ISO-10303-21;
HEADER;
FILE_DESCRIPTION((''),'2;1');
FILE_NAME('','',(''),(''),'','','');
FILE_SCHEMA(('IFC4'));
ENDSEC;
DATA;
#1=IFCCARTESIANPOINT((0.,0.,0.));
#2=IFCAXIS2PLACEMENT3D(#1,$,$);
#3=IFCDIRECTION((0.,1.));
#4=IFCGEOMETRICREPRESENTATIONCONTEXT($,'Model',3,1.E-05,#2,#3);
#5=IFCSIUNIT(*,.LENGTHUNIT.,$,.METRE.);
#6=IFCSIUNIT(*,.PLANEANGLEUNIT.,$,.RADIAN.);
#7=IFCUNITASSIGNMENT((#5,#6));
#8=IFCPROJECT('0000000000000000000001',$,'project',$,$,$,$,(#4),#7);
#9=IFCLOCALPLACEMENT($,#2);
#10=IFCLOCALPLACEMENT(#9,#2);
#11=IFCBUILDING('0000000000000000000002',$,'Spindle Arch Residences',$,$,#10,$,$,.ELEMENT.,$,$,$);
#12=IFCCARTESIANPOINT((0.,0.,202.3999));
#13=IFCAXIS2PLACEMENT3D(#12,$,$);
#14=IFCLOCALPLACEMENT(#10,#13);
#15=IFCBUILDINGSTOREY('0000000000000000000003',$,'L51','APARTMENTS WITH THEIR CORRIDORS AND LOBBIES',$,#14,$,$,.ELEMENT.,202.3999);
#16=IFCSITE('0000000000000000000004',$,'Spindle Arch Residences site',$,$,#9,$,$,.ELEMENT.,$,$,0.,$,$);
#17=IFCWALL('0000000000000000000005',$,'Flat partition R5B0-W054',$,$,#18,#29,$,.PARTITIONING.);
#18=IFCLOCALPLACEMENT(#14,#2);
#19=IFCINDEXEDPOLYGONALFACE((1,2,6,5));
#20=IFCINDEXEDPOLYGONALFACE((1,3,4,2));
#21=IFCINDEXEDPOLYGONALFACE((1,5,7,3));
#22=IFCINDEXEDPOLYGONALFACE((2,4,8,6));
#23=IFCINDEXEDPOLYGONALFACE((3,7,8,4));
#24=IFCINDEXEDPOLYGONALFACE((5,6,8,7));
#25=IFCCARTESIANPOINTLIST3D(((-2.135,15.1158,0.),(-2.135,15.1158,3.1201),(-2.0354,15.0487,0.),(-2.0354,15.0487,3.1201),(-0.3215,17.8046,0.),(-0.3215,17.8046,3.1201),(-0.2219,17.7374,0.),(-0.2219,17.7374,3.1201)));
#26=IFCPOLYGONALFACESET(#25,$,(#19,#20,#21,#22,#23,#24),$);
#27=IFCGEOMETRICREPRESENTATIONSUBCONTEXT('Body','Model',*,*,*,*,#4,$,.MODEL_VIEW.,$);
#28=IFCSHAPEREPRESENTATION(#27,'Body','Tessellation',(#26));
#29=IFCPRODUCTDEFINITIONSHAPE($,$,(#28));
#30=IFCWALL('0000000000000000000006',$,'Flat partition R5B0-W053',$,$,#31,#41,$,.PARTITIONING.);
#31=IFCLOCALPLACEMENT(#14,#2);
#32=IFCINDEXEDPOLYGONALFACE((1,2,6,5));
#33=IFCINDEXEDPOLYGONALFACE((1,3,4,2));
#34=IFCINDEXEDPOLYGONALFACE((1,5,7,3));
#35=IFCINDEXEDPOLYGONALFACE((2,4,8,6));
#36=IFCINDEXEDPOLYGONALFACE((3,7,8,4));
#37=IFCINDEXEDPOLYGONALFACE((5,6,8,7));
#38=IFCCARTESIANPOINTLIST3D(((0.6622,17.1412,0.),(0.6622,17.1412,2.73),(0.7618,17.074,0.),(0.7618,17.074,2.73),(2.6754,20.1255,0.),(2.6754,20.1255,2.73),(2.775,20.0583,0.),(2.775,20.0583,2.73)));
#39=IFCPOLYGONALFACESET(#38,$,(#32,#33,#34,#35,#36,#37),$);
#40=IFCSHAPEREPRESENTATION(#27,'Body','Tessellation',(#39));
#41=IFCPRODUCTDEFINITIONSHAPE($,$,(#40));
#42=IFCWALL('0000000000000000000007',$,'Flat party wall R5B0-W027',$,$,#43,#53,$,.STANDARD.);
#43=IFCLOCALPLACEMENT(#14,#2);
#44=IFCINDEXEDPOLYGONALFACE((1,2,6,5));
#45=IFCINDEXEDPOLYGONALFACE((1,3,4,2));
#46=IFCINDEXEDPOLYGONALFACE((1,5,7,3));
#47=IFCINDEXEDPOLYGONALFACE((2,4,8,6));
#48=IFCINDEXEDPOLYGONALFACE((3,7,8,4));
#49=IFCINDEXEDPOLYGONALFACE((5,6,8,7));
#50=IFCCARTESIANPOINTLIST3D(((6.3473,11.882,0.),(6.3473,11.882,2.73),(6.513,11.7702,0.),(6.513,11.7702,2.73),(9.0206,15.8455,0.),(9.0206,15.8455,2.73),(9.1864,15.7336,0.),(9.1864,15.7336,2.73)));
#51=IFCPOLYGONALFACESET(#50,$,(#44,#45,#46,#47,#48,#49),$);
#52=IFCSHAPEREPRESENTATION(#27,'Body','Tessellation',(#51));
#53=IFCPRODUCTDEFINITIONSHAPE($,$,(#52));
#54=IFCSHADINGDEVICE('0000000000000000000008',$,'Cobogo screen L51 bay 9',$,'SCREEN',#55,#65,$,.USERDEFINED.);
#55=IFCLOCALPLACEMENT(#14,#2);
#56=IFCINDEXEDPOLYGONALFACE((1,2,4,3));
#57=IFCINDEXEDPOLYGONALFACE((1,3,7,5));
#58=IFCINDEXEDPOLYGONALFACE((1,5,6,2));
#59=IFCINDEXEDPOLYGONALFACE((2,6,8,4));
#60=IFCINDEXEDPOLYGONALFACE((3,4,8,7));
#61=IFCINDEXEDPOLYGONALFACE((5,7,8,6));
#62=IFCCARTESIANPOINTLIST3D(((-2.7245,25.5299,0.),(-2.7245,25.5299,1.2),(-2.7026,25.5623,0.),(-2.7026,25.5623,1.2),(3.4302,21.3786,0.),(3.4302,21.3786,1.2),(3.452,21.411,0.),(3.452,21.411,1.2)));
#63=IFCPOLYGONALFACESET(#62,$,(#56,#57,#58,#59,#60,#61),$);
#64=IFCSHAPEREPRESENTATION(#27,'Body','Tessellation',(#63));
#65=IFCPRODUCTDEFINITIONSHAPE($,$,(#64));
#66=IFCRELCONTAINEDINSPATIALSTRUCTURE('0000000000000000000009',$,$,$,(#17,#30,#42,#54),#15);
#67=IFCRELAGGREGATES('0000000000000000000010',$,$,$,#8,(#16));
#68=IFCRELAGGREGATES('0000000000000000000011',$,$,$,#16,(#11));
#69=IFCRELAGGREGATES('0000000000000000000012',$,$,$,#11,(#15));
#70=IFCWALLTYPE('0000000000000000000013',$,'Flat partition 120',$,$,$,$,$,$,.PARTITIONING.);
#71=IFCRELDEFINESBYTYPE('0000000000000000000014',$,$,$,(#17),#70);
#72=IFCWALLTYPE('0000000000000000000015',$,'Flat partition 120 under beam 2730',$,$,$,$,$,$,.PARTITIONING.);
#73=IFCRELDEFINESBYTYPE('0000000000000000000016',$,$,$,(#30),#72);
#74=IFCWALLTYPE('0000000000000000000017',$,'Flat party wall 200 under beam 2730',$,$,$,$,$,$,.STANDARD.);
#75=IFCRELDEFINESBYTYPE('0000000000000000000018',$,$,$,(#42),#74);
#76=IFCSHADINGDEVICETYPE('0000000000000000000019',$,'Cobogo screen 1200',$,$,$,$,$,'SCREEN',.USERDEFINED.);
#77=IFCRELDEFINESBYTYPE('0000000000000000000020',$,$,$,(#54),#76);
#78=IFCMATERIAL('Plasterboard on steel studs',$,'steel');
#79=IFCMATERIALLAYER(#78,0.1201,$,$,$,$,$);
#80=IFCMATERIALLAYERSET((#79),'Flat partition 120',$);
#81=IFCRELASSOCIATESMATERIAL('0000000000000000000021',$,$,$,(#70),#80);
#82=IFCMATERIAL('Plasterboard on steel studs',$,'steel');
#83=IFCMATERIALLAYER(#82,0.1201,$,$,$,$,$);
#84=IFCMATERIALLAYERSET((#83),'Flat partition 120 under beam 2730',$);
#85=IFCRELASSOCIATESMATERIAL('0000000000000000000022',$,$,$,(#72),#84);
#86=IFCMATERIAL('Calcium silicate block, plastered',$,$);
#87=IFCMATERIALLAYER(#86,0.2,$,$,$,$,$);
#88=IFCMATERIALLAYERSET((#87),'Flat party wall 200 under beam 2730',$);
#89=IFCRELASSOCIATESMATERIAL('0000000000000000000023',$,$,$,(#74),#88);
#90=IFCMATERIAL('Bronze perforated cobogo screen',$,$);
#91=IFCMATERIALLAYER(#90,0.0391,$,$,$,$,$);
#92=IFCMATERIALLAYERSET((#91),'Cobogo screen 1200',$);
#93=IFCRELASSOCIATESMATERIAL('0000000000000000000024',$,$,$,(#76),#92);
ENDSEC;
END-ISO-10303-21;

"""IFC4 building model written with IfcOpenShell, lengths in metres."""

from ifc_helpers import new_model, si_unit, direction, frame, frame_2d, origin, origin_2d, place, context, subcontext, project, spatial, rectangle, extrude, material, layer, layer_set, type_object, element, save


model = new_model("IFC4")

# Units and contexts
model_context = context("Model", 3, precision=1e-05, world=origin(), true_north=direction((0.0, 1.0)))
body_context = subcontext(model_context, "Body", "Model", "MODEL_VIEW")
ifc_project = project(units=[si_unit("LENGTHUNIT", "METRE"), si_unit("PLANEANGLEUNIT", "RADIAN")], contexts=[model_context])

# Site, building, storey
site_placement = place(None, origin())
site = spatial("IfcSite", under=ifc_project, at=site_placement, Name="Spindle Arch Residences site", CompositionType="ELEMENT", RefElevation=0.0)
building_placement = place(site_placement, origin())
building = spatial("IfcBuilding", under=site, at=building_placement, Name="Spindle Arch Residences", CompositionType="ELEMENT")
storey_placement = place(building_placement, frame((0.0, 0.0, 202.3999)))
storey = spatial("IfcBuildingStorey", under=building, at=storey_placement, Name="L51", Description="APARTMENTS WITH THEIR CORRIDORS AND LOBBIES", CompositionType="ELEMENT", Elevation=202.3999)

# Shared definitions
ifc_material_1 = material(Name="Plasterboard on steel studs", Category="steel")
ifc_layer_1 = layer(ifc_material_1, 0.1201)
ifc_layer_set_1 = layer_set([ifc_layer_1], Name="Flat partition 120")
wall_type_1 = type_object("IfcWallType", Name="Flat partition 120", PredefinedType="PARTITIONING", material=ifc_layer_set_1)

# Walls
wall_1_placement = place(storey_placement, frame((-0.2717, 17.771, 0.0), z_axis=(0.0, 0.0, 1.0), x_axis=(-0.559174, -0.82905, 0.0)))
element("IfcWall", 1, at=wall_1_placement, inside=storey, type_object=wall_type_1, Name="Flat partition R5B0-W054", PredefinedType="PARTITIONING", context=body_context, shape_type="SweptSolid", body=[
    extrude(rectangle(XDim=3.2432, YDim=0.1201, at=frame_2d((1.6216, 0.0))), origin(), (0.0, 0.0, 1.0), 3.1201),
])
ifc_material_2 = material(Name="Plasterboard on steel studs", Category="steel")
ifc_layer_2 = layer(ifc_material_2, 0.1201)
ifc_layer_set_2 = layer_set([ifc_layer_2], Name="Flat partition 120 under beam 2730")
wall_type_2 = type_object("IfcWallType", Name="Flat partition 120 under beam 2730", PredefinedType="PARTITIONING", material=ifc_layer_set_2)
wall_2_placement = place(storey_placement, frame((2.7251, 20.0918, 0.0), z_axis=(0.0, 0.0, 1.0), x_axis=(-0.559231, -0.829012, 0.0)))
element("IfcWall", 2, at=wall_2_placement, inside=storey, type_object=wall_type_2, Name="Flat partition R5B0-W053", PredefinedType="PARTITIONING", context=body_context, shape_type="SweptSolid", body=[
    extrude(rectangle(XDim=3.5999, YDim=0.1201, at=frame_2d((1.7998, 0.0))), origin(), (0.0, 0.0, 1.0), 2.73),
])
ifc_material_3 = material(Name="Calcium silicate block, plastered")
ifc_layer_3 = layer(ifc_material_3, 0.2)
ifc_layer_set_3 = layer_set([ifc_layer_3], Name="Flat party wall 200 under beam 2730")
wall_type_3 = type_object("IfcWallType", Name="Flat party wall 200 under beam 2730", PredefinedType="STANDARD", material=ifc_layer_set_3)
wall_3_placement = place(storey_placement, frame((9.1035, 15.7896, 0.0), z_axis=(0.0, 0.0, 1.0), x_axis=(-0.559194, -0.829037, 0.0)))
element("IfcWall", 3, at=wall_3_placement, inside=storey, type_object=wall_type_3, Name="Flat party wall R5B0-W027", PredefinedType="STANDARD", context=body_context, shape_type="SweptSolid", body=[
    extrude(rectangle(XDim=4.7808, YDim=0.2, at=frame_2d((2.3904, 0.0))), origin(), (0.0, 0.0, 1.0), 2.73),
])

# Shading device
ifc_material_4 = material(Name="Bronze perforated cobogo screen")
ifc_layer_4 = layer(ifc_material_4, 0.0391)
ifc_layer_set_4 = layer_set([ifc_layer_4], Name="Cobogo screen 1200")
shading_device_type = type_object("IfcShadingDeviceType", Name="Cobogo screen 1200", ElementType="SCREEN", PredefinedType="USERDEFINED", material=ifc_layer_set_4)
shading_device_placement = place(storey_placement, frame((0.3638, 23.4705, 0.0), z_axis=(0.0, 0.0, 1.0), x_axis=(-0.829038, 0.559193, 0.0)))
element("IfcShadingDevice", 4, at=shading_device_placement, inside=storey, type_object=shading_device_type, Name="Cobogo screen L51 bay 9", ObjectType="SCREEN", PredefinedType="USERDEFINED", context=body_context, shape_type="SweptSolid", body=[
    extrude(rectangle(XDim=7.4238, YDim=0.0391, at=origin_2d()), origin(), (0.0, 0.0, 1.0), 1.2),
])

save(model, "model.ifc")
